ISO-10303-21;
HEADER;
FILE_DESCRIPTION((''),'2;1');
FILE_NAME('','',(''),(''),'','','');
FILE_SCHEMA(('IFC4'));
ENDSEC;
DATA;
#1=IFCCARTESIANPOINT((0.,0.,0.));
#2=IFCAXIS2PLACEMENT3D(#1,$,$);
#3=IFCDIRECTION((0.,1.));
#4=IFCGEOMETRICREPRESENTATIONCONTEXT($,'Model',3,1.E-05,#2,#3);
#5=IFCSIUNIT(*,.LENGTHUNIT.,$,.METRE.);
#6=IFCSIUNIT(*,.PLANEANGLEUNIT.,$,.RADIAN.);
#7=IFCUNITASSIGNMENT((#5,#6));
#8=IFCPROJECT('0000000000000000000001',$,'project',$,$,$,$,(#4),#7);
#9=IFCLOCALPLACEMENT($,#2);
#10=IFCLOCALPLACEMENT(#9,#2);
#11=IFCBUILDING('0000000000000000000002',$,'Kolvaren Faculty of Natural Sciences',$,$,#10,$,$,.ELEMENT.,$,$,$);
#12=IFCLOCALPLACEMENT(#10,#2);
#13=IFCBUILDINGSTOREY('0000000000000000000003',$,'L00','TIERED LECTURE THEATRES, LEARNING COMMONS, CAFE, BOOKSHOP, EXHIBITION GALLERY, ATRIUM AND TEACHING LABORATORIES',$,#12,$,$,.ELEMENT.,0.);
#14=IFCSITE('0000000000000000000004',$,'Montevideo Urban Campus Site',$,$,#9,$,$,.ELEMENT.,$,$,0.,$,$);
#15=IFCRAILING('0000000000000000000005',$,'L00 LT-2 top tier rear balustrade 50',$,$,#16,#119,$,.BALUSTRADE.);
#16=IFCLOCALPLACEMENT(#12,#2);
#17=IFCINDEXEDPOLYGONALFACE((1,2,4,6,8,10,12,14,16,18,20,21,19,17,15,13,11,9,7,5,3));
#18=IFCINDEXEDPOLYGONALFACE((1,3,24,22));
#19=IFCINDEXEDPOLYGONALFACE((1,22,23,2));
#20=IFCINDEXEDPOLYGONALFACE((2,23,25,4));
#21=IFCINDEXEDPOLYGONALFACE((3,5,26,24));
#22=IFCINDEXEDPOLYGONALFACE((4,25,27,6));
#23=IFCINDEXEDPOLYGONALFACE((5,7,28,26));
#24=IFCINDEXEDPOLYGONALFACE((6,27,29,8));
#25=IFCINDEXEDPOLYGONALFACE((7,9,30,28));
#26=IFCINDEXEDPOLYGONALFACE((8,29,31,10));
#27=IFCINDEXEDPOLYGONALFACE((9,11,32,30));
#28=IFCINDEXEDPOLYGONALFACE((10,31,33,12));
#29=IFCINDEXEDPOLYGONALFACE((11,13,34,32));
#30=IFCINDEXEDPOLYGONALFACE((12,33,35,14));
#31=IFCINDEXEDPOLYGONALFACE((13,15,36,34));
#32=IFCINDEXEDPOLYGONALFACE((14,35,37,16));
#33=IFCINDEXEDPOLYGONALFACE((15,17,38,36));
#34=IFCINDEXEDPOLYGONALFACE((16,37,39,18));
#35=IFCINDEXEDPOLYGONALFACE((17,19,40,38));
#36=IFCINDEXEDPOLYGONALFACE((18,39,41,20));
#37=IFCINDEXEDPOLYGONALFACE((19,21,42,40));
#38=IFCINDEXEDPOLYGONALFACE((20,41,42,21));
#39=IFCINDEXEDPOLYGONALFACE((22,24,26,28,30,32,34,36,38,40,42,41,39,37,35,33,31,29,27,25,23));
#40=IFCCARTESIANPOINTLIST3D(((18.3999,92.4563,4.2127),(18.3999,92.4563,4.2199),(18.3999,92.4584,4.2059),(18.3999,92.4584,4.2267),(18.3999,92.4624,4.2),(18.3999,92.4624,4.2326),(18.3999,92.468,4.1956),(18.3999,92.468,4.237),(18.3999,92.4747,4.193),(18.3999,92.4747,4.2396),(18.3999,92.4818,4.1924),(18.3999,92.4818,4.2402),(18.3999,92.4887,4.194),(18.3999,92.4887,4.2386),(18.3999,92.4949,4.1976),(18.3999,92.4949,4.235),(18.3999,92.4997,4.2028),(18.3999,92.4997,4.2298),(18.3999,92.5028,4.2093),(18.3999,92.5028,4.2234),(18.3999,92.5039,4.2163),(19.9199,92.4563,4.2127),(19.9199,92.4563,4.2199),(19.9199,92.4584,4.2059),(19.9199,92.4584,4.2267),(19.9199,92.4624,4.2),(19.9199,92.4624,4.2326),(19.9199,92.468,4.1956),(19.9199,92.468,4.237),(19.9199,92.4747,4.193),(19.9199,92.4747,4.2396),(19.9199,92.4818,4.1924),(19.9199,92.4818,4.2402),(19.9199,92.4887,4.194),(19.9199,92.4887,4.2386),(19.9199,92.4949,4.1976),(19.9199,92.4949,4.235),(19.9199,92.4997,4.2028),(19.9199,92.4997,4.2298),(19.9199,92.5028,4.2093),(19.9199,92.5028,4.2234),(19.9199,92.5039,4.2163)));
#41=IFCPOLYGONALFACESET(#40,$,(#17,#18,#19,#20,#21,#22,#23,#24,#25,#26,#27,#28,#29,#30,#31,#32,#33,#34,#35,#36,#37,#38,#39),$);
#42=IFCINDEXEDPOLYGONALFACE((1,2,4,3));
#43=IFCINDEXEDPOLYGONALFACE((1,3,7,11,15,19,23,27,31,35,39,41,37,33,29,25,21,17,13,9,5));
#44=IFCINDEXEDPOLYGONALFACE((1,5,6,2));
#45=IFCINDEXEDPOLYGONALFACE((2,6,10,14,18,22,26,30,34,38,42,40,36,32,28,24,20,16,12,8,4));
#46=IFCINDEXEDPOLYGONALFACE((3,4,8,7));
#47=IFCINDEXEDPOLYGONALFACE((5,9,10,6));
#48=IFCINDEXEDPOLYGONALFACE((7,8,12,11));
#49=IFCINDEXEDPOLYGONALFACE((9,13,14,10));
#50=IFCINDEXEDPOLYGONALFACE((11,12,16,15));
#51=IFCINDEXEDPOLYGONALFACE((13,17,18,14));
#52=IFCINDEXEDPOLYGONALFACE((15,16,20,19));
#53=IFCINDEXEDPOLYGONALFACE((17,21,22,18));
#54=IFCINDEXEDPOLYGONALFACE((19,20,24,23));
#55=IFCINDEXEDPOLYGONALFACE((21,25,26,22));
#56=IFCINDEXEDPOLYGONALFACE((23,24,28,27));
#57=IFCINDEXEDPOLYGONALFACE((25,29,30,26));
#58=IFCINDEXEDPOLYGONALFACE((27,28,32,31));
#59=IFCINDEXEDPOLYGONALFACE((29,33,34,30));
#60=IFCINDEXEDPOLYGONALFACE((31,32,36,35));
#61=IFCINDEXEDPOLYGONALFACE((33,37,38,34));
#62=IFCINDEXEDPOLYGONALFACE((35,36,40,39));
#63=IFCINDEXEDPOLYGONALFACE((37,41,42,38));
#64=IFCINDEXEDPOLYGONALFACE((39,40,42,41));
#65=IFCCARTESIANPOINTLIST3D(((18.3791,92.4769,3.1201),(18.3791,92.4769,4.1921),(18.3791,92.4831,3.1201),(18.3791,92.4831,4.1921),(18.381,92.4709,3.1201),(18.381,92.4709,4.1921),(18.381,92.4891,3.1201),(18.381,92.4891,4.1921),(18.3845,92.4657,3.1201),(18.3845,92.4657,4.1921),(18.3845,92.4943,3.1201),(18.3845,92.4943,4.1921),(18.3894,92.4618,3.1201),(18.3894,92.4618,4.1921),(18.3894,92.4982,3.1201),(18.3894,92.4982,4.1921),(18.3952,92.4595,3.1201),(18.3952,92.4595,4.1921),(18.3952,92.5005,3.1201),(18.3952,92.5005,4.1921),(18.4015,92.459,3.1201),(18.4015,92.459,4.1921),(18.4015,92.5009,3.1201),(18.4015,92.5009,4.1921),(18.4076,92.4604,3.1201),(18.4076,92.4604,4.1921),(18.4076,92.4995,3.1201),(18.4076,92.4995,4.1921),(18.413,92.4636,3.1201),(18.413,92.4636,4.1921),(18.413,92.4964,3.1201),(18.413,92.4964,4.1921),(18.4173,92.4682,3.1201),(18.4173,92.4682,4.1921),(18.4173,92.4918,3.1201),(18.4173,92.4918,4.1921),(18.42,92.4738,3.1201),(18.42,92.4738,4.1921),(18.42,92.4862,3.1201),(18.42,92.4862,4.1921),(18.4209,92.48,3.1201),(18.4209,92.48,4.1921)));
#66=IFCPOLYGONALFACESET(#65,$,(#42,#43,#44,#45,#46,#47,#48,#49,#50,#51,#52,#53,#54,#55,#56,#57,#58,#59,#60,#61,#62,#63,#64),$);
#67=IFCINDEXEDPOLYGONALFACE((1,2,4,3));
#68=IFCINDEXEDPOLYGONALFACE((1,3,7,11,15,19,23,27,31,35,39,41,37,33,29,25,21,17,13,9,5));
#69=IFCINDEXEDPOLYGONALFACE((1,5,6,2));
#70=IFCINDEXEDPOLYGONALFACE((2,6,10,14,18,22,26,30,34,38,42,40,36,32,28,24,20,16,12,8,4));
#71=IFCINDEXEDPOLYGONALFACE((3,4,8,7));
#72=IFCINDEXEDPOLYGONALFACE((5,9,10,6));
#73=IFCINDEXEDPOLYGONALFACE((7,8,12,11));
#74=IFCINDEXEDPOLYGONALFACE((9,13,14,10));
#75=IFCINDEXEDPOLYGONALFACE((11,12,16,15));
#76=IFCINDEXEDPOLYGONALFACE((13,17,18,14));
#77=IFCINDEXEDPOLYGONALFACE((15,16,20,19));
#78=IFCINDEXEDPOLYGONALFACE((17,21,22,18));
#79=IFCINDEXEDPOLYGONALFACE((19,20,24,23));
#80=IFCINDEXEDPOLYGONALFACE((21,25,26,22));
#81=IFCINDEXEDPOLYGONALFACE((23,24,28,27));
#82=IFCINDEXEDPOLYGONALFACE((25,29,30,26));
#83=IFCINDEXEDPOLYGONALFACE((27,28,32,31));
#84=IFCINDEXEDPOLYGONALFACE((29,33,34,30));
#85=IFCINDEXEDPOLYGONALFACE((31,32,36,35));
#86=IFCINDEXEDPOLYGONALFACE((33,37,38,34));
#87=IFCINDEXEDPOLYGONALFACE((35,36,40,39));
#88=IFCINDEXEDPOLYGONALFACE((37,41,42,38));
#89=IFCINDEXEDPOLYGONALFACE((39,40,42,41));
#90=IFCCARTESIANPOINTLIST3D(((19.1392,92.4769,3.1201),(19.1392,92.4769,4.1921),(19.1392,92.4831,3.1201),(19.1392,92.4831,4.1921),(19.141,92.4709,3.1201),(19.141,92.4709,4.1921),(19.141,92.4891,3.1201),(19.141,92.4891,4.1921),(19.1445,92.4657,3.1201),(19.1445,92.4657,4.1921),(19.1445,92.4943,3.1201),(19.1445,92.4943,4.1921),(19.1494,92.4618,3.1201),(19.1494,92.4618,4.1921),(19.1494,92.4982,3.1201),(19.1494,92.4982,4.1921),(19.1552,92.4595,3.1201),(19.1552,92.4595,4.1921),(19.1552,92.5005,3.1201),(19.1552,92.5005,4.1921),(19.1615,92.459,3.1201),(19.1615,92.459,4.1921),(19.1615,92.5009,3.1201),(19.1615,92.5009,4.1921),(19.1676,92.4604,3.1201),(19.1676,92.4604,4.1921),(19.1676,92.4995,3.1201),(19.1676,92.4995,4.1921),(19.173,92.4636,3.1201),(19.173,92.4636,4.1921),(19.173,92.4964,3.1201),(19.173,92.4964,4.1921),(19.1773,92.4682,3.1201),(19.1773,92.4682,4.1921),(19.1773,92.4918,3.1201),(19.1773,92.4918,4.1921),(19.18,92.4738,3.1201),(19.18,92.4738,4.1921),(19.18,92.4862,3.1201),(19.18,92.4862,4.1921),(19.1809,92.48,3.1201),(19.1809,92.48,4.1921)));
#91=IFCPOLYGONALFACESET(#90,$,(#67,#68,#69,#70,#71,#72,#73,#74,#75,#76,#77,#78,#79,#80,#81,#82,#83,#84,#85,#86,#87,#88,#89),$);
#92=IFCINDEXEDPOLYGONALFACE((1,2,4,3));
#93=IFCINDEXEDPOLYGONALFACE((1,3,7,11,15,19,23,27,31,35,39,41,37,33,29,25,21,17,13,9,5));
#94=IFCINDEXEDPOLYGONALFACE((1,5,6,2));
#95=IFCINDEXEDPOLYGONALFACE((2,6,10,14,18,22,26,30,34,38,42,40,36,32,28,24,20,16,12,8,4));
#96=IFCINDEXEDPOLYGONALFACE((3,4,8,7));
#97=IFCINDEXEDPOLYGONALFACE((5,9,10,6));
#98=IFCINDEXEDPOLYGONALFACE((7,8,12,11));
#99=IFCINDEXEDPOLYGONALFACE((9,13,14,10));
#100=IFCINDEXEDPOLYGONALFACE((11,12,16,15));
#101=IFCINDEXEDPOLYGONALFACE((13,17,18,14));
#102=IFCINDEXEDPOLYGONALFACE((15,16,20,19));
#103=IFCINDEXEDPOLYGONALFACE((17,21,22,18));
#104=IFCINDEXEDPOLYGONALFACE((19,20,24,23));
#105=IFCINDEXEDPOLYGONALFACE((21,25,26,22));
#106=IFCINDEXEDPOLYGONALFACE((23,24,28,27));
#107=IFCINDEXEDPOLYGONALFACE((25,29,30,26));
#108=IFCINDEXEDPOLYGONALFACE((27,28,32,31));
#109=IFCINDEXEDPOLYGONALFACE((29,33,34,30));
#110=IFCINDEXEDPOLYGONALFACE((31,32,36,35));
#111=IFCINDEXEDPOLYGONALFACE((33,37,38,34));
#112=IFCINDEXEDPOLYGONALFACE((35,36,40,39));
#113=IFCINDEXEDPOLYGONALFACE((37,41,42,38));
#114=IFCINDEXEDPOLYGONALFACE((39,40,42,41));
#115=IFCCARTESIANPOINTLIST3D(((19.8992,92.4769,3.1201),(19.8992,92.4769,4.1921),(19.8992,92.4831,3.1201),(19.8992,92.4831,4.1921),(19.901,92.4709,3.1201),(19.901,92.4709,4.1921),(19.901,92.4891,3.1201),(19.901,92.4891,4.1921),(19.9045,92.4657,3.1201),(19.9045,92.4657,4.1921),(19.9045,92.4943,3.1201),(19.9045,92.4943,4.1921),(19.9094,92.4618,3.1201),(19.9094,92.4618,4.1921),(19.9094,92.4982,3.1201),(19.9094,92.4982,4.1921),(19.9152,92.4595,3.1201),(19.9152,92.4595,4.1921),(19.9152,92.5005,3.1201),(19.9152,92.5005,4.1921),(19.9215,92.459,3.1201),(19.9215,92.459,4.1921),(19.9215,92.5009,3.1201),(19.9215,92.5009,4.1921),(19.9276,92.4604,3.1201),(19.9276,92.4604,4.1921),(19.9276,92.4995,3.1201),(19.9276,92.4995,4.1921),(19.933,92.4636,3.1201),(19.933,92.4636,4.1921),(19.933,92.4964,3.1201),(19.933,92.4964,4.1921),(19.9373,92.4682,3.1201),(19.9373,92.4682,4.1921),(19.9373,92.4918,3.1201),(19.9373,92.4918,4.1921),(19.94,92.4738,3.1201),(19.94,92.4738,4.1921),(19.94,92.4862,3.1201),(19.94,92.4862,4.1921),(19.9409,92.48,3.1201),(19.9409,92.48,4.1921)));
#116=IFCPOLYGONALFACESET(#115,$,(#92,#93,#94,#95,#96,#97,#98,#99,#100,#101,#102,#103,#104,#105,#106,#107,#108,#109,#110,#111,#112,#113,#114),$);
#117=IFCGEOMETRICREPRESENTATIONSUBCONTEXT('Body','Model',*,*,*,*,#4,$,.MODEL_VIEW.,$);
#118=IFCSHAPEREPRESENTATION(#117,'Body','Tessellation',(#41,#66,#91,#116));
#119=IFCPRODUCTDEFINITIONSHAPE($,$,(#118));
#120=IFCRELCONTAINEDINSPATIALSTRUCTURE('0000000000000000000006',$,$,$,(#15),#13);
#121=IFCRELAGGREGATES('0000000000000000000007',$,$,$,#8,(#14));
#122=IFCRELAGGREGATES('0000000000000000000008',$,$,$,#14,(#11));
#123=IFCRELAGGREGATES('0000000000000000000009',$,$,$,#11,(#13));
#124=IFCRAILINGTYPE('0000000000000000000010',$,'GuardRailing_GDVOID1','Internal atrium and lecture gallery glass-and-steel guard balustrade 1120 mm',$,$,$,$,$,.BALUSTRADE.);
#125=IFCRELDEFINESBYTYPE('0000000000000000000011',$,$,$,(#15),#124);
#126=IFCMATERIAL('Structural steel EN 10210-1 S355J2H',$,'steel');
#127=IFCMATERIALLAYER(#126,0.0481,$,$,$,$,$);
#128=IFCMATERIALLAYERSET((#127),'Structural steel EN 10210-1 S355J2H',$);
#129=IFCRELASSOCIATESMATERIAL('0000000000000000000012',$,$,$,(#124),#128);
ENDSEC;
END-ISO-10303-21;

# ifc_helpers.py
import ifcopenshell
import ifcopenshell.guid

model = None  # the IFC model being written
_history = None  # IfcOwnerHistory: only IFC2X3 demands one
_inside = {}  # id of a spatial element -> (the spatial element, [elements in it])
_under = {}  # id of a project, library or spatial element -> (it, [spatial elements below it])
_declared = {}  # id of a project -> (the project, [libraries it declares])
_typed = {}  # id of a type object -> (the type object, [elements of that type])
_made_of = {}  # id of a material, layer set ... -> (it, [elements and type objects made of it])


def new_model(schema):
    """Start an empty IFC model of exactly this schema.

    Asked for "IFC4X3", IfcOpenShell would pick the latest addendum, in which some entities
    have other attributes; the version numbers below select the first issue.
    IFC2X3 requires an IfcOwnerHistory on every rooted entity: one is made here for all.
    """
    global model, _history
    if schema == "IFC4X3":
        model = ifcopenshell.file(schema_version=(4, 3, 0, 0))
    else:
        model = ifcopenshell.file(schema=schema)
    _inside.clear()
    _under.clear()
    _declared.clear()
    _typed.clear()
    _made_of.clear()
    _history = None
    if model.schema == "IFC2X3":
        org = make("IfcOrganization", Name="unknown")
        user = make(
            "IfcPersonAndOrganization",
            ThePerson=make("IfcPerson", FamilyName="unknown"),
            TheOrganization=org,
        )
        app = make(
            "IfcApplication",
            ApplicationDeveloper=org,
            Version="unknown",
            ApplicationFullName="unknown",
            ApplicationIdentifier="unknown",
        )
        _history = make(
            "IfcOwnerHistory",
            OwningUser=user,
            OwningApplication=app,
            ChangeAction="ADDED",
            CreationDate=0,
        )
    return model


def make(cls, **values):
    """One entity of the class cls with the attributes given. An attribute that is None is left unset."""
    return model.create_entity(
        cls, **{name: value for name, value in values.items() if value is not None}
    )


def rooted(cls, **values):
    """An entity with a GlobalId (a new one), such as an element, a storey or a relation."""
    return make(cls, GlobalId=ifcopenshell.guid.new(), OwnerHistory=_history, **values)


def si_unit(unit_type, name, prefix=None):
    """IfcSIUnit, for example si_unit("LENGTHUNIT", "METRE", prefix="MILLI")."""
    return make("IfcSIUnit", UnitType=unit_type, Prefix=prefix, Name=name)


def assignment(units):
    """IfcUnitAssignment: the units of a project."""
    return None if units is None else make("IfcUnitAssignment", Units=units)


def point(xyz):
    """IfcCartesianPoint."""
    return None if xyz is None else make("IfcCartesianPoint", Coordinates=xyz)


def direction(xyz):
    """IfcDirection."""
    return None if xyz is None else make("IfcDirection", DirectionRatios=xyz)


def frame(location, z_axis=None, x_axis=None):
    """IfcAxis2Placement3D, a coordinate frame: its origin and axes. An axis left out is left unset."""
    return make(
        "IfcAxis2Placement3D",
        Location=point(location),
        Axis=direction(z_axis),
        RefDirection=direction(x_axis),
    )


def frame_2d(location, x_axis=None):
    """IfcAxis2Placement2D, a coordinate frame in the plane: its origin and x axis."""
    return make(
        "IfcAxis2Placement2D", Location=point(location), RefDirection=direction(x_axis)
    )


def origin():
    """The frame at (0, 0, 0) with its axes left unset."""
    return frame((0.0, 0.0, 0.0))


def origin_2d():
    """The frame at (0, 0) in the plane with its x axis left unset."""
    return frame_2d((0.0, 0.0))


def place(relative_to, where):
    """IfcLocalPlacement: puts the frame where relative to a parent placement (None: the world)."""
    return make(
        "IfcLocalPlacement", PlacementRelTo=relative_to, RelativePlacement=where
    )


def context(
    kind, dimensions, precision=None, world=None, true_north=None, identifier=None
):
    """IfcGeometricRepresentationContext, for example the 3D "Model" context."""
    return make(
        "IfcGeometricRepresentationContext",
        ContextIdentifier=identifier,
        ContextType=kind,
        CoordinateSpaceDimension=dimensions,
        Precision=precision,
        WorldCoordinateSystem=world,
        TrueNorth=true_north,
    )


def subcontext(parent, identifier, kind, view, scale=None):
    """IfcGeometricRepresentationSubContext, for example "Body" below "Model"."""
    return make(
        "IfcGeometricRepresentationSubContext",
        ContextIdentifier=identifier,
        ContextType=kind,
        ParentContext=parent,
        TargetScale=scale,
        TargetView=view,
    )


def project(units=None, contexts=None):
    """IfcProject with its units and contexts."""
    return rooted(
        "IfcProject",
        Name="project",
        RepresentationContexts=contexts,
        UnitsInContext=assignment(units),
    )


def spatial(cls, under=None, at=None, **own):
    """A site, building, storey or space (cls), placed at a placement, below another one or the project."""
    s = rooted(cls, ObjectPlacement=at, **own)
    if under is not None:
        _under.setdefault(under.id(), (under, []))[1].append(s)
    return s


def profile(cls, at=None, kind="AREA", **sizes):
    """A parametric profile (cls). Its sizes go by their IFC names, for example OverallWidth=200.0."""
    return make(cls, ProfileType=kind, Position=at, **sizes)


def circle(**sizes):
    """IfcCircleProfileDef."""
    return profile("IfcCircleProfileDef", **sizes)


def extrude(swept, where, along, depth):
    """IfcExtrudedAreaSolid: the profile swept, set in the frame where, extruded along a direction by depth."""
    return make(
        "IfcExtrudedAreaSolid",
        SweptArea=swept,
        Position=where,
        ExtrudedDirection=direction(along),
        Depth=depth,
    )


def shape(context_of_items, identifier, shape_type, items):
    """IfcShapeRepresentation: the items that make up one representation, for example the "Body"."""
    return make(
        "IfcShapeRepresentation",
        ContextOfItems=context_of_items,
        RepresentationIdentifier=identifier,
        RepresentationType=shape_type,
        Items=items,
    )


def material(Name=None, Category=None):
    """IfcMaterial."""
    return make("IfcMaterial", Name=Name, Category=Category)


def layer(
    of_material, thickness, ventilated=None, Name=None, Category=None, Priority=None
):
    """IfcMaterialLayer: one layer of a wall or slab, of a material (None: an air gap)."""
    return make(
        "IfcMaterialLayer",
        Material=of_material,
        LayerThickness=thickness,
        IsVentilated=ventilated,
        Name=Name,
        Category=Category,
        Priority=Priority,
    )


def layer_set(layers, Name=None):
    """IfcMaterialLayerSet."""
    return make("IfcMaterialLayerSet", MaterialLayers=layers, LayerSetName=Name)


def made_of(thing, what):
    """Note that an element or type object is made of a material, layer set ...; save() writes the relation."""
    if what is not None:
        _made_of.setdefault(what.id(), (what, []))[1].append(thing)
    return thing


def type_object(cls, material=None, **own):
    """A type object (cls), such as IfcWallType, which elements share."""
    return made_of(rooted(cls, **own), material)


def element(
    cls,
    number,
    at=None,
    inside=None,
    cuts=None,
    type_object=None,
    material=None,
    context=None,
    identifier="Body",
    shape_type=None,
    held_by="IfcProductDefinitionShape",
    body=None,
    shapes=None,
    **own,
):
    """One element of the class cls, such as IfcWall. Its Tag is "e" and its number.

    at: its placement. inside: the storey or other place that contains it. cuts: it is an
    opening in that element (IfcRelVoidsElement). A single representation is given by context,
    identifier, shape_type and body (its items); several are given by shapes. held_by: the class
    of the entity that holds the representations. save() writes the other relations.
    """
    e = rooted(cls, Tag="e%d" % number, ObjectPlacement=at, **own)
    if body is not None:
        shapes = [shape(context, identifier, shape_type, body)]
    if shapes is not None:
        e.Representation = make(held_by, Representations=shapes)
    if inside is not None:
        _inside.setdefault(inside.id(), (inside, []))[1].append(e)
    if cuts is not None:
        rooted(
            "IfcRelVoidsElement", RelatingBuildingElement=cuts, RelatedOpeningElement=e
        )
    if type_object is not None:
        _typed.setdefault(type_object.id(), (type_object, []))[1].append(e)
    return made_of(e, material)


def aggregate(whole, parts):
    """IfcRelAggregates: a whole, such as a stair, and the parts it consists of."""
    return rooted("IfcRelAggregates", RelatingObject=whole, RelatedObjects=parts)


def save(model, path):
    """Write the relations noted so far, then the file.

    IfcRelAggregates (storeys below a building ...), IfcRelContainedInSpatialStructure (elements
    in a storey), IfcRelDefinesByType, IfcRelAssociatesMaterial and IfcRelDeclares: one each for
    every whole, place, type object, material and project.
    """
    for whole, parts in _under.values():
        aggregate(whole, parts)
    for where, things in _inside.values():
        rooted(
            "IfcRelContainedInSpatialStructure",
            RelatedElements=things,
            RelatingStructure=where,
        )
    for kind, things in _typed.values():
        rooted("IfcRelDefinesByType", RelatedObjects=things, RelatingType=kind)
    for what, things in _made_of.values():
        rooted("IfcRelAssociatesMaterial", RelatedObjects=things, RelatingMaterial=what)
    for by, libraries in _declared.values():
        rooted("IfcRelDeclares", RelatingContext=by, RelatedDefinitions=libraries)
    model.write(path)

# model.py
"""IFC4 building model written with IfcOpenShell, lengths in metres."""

from ifc_helpers import new_model, si_unit, direction, frame, origin, origin_2d, place, context, subcontext, project, spatial, circle, extrude, material, layer, layer_set, type_object, element, save


model = new_model("IFC4")

# Units and contexts
model_context = context("Model", 3, precision=1e-05, world=origin(), true_north=direction((0.0, 1.0)))
body_context = subcontext(model_context, "Body", "Model", "MODEL_VIEW")
ifc_project = project(units=[si_unit("LENGTHUNIT", "METRE"), si_unit("PLANEANGLEUNIT", "RADIAN")], contexts=[model_context])

# Site, building, storey
site_placement = place(None, origin())
site = spatial("IfcSite", under=ifc_project, at=site_placement, Name="Montevideo Urban Campus Site", CompositionType="ELEMENT", RefElevation=0.0)
building_placement = place(site_placement, origin())
building = spatial("IfcBuilding", under=site, at=building_placement, Name="Kolvaren Faculty of Natural Sciences", CompositionType="ELEMENT")
storey_placement = place(building_placement, origin())
storey = spatial("IfcBuildingStorey", under=building, at=storey_placement, Name="L00", Description="TIERED LECTURE THEATRES, LEARNING COMMONS, CAFE, BOOKSHOP, EXHIBITION GALLERY, ATRIUM AND TEACHING LABORATORIES", CompositionType="ELEMENT", Elevation=0.0)

# Railing
ifc_material_1 = material(Name="Structural steel EN 10210-1 S355J2H", Category="steel")
ifc_layer_1 = layer(ifc_material_1, 0.0481)
ifc_layer_set_1 = layer_set([ifc_layer_1], Name="Structural steel EN 10210-1 S355J2H")
railing_type = type_object("IfcRailingType", Name="GuardRailing_GDVOID1", Description="Internal atrium and lecture gallery glass-and-steel guard balustrade 1120 mm", PredefinedType="BALUSTRADE", material=ifc_layer_set_1)
railing_placement = place(storey_placement, frame((18.3999, 92.48, 3.1201)))
element("IfcRailing", 1, at=railing_placement, inside=storey, type_object=railing_type, Name="L00 LT-2 top tier rear balustrade 50", PredefinedType="BALUSTRADE", context=body_context, shape_type="SweptSolid", body=[
    extrude(circle(Radius=0.0239, at=origin_2d()), frame((0.0, 0.0, 1.0962), z_axis=(1.0, 0.0, 0.0), x_axis=(0.0, 1.0, 0.0)), (0.0, 0.0, 1.0), 1.52),
    extrude(circle(Radius=0.021, at=origin_2d()), origin(), (0.0, 0.0, 1.0), 1.072),
    extrude(circle(Radius=0.021, at=origin_2d()), frame((0.76, 0.0, 0.0)), (0.0, 0.0, 1.0), 1.072),
    extrude(circle(Radius=0.021, at=origin_2d()), frame((1.52, 0.0, 0.0)), (0.0, 0.0, 1.0), 1.072),
])

save(model, "model.ifc")
